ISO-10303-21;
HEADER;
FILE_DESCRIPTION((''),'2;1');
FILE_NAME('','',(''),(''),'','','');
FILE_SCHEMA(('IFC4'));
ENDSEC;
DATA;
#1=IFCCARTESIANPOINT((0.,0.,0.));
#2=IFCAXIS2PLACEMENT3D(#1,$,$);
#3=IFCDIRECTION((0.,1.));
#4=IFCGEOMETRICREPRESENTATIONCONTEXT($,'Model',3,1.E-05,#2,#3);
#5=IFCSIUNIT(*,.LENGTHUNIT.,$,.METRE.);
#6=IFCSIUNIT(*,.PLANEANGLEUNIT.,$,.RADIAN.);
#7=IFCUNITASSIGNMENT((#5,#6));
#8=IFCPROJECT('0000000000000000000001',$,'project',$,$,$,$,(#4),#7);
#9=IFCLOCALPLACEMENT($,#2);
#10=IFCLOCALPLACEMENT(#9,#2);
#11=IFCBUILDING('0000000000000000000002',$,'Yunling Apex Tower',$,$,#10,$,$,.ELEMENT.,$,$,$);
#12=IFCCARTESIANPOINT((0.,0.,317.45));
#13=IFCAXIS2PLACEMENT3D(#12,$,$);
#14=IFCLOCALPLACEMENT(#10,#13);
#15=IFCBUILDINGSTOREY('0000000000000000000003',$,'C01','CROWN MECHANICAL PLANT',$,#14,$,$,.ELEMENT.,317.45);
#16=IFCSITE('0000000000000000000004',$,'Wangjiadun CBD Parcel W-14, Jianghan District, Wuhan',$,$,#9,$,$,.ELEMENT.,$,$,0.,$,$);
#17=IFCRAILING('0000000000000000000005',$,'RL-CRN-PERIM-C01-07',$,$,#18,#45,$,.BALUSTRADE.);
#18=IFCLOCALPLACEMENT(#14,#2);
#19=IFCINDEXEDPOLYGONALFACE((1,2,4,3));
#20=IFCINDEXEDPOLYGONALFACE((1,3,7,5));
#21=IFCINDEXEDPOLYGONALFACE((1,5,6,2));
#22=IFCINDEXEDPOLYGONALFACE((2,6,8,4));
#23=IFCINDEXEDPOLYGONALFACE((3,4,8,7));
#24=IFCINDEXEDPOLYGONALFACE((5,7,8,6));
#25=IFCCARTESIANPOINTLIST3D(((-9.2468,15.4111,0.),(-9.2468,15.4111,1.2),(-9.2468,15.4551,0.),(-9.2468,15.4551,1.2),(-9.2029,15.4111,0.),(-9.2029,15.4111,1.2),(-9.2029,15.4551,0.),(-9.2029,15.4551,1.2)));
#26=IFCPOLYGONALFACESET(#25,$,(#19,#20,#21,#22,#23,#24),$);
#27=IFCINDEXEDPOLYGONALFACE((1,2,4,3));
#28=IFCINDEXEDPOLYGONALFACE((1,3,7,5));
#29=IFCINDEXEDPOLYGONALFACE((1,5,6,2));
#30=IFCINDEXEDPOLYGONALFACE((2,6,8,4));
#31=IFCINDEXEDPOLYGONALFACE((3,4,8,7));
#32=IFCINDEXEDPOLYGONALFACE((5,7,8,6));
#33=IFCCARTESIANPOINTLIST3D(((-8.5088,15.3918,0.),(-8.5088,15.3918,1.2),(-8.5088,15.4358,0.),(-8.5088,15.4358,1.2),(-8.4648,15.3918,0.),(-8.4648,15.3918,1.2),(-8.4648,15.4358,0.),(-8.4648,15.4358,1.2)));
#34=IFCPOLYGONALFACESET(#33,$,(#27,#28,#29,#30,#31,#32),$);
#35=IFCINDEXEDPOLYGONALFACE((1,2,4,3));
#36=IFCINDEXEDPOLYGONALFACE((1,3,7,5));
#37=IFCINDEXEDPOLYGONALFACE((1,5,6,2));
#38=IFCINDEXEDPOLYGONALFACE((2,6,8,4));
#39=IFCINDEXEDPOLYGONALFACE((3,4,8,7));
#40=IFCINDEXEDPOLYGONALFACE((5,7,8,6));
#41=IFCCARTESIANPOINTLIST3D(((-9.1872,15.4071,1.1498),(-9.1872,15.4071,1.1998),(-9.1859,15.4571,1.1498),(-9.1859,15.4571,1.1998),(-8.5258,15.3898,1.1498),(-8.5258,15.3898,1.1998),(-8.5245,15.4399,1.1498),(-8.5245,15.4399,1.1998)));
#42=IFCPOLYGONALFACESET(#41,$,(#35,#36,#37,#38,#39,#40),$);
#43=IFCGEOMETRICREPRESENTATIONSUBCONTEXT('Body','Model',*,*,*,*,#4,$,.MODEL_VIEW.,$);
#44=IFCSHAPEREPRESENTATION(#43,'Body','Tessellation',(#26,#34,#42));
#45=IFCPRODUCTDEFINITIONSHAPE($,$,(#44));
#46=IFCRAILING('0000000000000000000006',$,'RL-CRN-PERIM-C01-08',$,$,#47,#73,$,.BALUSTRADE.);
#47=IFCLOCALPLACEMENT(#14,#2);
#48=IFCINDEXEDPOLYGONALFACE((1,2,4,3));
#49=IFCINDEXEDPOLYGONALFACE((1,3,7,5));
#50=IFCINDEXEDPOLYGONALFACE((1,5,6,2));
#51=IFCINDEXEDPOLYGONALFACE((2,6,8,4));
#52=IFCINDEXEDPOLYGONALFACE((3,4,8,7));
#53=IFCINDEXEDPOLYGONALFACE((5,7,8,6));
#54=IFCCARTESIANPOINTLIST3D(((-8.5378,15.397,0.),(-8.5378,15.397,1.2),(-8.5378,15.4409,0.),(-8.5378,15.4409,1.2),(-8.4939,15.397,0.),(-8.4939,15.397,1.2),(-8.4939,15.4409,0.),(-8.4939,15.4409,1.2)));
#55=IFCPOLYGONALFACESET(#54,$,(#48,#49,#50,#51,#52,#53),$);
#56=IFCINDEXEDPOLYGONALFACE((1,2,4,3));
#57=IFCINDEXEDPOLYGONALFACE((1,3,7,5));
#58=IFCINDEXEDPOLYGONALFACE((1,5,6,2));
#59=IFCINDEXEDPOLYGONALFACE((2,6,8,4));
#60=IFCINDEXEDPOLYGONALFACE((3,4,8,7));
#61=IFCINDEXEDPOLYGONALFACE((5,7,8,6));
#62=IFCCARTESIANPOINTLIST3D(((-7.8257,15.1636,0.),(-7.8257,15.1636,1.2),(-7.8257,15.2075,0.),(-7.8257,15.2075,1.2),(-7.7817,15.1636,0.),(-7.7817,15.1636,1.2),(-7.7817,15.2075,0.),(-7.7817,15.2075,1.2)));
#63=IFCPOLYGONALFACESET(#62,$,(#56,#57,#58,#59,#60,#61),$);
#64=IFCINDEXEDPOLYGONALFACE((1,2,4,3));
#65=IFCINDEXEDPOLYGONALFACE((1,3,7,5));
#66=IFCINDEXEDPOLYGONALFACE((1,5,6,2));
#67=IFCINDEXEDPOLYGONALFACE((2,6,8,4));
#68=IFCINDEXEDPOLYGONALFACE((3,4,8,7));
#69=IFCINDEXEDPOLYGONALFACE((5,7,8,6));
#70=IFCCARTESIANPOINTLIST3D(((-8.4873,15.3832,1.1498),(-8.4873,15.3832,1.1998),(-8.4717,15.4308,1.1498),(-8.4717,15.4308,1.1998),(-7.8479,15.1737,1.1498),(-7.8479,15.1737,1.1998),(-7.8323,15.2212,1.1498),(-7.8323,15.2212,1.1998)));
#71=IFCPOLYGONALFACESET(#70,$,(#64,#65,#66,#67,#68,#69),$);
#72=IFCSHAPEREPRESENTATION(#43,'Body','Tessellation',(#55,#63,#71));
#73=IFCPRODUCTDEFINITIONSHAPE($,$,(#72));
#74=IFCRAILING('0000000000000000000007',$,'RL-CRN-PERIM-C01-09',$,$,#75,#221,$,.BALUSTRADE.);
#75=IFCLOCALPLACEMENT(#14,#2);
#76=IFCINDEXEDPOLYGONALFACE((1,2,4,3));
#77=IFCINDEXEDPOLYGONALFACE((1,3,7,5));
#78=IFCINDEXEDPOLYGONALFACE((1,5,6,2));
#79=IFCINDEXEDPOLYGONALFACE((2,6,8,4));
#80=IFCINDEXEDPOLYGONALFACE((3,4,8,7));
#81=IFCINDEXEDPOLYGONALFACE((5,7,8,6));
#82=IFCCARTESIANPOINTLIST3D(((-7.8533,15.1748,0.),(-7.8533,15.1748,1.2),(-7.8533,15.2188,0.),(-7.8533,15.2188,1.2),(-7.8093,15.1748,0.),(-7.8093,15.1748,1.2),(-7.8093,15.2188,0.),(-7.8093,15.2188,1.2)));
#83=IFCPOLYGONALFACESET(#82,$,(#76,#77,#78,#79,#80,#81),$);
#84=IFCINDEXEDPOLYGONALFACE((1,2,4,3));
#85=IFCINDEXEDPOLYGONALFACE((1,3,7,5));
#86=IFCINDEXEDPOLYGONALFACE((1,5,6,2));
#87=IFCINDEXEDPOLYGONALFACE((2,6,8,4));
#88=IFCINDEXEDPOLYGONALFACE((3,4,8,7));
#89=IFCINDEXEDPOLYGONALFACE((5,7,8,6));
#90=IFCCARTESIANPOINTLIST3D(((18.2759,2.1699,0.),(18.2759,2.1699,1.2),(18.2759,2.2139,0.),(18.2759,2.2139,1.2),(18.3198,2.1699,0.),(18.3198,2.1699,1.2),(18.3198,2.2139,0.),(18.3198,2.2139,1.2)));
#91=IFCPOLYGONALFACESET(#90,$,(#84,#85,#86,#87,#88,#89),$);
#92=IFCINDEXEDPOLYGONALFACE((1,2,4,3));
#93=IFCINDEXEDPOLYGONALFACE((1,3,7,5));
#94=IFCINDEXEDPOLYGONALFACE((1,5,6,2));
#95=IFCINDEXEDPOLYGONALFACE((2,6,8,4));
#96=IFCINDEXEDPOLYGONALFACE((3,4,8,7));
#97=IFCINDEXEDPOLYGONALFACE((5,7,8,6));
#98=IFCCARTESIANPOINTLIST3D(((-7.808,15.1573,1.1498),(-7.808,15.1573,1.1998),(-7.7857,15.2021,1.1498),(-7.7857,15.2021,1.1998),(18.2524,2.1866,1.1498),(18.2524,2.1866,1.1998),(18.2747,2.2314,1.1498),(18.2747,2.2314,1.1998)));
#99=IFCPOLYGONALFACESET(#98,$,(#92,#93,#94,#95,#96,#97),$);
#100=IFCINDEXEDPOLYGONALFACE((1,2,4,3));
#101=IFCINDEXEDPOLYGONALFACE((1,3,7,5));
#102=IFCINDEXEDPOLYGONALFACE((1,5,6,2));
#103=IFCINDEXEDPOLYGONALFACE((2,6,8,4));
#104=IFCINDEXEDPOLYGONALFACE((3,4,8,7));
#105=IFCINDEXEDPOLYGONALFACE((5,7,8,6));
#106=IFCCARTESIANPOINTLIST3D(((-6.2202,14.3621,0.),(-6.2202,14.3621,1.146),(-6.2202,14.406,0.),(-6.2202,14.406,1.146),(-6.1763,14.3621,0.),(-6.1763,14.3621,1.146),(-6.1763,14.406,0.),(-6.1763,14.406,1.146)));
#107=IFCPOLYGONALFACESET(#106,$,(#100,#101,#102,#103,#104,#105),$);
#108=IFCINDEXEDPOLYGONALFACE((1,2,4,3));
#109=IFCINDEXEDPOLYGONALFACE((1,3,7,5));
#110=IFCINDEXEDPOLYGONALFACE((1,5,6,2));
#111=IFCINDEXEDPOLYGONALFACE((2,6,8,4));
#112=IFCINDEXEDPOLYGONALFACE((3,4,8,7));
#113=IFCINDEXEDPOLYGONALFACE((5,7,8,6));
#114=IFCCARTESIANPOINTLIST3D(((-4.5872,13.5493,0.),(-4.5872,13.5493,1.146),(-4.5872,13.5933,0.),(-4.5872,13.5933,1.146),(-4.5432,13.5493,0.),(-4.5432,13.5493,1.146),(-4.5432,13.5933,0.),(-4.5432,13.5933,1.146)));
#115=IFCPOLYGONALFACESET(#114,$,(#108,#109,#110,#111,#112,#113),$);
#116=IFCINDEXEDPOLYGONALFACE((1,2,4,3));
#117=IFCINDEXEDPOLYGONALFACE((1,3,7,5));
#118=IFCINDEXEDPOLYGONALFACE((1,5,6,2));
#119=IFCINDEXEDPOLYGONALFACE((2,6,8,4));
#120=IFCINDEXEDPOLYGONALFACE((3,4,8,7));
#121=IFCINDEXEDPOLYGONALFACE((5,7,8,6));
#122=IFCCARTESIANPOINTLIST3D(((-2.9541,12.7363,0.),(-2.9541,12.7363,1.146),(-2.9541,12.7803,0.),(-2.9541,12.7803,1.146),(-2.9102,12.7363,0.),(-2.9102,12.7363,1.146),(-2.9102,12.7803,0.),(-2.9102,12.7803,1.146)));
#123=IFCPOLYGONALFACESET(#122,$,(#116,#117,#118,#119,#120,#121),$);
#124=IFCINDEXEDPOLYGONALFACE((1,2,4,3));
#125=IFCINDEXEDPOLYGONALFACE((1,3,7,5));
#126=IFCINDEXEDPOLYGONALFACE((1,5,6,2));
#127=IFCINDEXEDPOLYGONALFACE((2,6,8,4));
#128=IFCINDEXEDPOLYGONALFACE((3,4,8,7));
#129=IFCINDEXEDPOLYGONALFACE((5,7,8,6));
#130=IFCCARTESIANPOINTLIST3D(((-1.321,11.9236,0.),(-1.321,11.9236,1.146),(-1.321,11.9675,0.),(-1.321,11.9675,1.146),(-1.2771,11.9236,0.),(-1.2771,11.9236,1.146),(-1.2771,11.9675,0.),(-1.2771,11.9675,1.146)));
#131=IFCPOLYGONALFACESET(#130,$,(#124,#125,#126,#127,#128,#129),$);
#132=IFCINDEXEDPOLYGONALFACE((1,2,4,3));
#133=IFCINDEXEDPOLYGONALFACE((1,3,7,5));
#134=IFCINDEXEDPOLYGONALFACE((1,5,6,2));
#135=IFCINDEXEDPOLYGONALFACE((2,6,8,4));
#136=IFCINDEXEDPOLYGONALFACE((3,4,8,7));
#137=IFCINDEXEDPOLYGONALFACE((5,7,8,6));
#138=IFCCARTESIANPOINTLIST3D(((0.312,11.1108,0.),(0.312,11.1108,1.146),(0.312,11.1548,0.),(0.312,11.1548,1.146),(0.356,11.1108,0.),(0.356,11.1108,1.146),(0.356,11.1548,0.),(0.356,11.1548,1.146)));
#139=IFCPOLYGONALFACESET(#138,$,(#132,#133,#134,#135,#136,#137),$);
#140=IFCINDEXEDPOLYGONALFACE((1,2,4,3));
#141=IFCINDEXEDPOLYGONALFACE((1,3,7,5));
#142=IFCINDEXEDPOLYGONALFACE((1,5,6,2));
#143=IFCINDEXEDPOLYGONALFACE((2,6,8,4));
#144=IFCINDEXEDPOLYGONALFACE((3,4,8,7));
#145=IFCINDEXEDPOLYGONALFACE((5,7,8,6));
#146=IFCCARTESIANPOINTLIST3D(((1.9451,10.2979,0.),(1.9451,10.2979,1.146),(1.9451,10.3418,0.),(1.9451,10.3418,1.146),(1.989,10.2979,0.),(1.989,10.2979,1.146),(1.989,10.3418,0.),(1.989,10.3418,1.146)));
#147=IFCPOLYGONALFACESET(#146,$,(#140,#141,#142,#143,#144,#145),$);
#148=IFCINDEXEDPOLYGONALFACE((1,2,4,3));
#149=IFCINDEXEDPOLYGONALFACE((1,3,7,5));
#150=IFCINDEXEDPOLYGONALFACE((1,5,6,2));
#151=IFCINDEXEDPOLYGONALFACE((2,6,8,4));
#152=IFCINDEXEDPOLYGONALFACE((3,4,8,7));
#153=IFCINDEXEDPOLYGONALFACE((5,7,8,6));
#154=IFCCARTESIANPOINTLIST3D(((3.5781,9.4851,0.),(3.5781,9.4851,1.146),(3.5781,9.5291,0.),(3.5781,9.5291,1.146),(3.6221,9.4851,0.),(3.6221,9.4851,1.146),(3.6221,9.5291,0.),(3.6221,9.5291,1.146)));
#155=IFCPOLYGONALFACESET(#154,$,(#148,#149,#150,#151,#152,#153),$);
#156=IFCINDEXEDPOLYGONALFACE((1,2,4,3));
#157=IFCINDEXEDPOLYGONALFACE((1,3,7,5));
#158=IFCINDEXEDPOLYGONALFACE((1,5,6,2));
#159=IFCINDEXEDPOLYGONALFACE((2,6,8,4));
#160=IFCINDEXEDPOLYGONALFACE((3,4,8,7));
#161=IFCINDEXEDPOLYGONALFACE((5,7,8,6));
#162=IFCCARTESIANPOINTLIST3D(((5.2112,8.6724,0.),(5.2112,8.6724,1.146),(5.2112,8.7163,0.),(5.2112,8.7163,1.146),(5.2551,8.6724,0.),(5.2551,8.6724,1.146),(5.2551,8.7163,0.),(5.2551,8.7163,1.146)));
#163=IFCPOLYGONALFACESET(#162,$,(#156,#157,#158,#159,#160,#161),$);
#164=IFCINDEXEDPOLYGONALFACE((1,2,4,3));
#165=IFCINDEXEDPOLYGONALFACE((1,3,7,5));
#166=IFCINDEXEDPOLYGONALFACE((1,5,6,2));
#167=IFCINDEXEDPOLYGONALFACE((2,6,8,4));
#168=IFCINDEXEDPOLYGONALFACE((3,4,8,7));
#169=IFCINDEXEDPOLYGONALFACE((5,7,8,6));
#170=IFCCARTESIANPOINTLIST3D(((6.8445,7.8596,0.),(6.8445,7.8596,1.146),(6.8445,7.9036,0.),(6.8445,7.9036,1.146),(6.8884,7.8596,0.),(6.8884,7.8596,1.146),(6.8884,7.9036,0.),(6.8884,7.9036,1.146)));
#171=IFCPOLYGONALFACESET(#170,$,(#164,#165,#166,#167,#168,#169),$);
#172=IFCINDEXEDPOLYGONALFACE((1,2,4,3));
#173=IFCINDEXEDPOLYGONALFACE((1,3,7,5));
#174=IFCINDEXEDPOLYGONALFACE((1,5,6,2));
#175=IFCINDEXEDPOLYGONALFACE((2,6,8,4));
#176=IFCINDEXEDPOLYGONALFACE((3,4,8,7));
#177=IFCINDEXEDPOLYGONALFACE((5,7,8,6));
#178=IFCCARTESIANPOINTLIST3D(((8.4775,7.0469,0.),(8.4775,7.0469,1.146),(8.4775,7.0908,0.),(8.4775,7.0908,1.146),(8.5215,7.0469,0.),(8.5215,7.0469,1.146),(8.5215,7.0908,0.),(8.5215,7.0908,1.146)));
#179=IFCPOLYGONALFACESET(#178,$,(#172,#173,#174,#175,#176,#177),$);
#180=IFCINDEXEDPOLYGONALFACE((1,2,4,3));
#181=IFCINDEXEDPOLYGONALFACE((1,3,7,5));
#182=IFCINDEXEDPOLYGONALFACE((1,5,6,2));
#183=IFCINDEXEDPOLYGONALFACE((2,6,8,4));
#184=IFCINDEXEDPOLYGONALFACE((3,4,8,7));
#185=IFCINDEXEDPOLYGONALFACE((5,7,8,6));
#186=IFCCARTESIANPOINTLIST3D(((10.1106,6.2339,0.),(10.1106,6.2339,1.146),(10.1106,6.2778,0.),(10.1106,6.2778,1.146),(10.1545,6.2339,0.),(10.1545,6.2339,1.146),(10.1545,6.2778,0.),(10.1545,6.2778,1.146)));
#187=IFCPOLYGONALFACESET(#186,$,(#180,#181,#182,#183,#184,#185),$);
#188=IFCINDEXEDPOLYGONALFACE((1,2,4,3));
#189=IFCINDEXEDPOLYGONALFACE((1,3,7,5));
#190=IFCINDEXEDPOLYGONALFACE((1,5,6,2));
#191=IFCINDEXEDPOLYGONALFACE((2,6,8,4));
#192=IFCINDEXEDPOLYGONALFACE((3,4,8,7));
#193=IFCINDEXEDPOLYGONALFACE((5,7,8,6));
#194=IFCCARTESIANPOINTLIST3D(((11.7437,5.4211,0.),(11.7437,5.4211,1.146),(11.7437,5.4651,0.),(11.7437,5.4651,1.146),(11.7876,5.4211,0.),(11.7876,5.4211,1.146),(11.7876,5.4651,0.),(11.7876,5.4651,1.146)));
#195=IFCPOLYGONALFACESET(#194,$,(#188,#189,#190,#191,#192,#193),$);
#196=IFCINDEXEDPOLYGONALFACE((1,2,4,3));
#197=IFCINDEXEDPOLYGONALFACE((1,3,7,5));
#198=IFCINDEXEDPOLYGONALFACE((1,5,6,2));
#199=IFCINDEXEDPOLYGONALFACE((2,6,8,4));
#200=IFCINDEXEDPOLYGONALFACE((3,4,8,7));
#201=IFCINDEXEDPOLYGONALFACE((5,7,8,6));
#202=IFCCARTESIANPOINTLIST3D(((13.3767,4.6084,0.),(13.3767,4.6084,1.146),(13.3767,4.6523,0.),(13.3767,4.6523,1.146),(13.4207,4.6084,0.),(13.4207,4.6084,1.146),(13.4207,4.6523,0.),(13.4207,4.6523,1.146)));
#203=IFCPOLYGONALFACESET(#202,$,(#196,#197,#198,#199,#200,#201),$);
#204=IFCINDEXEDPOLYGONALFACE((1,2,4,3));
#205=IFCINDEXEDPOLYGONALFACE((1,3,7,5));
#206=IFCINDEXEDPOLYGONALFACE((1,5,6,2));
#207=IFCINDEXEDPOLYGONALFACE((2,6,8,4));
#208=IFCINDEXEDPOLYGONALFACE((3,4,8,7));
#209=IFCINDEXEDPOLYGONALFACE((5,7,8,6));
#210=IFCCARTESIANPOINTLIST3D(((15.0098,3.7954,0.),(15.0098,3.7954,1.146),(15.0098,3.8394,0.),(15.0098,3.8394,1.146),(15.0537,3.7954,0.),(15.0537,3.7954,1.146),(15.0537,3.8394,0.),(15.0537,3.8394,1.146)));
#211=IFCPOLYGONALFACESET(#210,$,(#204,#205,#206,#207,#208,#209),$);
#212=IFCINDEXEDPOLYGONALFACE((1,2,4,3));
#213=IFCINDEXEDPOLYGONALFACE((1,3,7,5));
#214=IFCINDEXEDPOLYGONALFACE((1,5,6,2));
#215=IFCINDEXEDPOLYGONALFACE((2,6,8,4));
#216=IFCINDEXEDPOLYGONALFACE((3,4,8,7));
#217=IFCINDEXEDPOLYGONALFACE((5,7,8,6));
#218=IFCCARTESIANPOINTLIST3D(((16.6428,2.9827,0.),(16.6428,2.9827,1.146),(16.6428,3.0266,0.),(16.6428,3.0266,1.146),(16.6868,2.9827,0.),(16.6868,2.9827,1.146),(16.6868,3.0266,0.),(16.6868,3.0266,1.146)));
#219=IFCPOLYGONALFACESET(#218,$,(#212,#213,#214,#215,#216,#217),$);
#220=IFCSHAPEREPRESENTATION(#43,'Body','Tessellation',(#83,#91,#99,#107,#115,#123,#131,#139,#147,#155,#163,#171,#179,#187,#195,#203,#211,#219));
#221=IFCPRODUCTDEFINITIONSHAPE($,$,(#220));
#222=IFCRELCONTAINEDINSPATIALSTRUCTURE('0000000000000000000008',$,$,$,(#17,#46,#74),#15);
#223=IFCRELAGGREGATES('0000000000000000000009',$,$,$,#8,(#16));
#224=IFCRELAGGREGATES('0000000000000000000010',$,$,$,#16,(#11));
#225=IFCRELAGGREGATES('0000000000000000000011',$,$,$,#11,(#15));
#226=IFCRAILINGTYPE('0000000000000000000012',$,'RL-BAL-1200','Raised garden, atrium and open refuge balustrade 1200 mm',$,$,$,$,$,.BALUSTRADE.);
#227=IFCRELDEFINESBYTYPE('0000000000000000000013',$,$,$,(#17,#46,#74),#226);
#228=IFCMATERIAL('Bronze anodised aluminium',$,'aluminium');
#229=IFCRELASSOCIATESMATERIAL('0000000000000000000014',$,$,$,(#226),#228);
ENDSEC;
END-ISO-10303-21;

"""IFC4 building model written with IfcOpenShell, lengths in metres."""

from ifc_helpers import new_model, si_unit, direction, frame, origin, origin_2d, place, context, subcontext, project, spatial, rectangle, extrude, material, type_object, element, save


model = new_model("IFC4")

# Units and contexts
model_context = context("Model", 3, precision=1e-05, world=origin(), true_north=direction((0.0, 1.0)))
body_context = subcontext(model_context, "Body", "Model", "MODEL_VIEW")
ifc_project = project(units=[si_unit("LENGTHUNIT", "METRE"), si_unit("PLANEANGLEUNIT", "RADIAN")], contexts=[model_context])

# Site, building, storey
site_placement = place(None, origin())
site = spatial("IfcSite", under=ifc_project, at=site_placement, Name="Wangjiadun CBD Parcel W-14, Jianghan District, Wuhan", CompositionType="ELEMENT", RefElevation=0.0)
building_placement = place(site_placement, origin())
building = spatial("IfcBuilding", under=site, at=building_placement, Name="Yunling Apex Tower", CompositionType="ELEMENT")
storey_placement = place(building_placement, frame((0.0, 0.0, 317.45)))
storey = spatial("IfcBuildingStorey", under=building, at=storey_placement, Name="C01", Description="CROWN MECHANICAL PLANT", CompositionType="ELEMENT", Elevation=317.45)

# Shared definitions
ifc_material_1 = material(Name="Bronze anodised aluminium", Category="aluminium")

# Railings
railing_type = type_object("IfcRailingType", Name="RL-BAL-1200", Description="Raised garden, atrium and open refuge balustrade 1200 mm", PredefinedType="BALUSTRADE", material=ifc_material_1)
railing_1_placement = place(storey_placement, frame((-9.2249, 15.4331, 0.0)))
element("IfcRailing", 1, at=railing_1_placement, inside=storey, type_object=railing_type, Name="RL-CRN-PERIM-C01-07", PredefinedType="BALUSTRADE", context=body_context, shape_type="SweptSolid", body=[
    extrude(rectangle(XDim=0.0439, YDim=0.0439, at=origin_2d()), origin(), (0.0, 0.0, 1.0), 1.2),
    extrude(rectangle(XDim=0.0439, YDim=0.0439, at=origin_2d()), frame((0.738, -0.0193, 0.0)), (0.0, 0.0, 1.0), 1.2),
    extrude(rectangle(XDim=0.05, YDim=0.05, at=origin_2d()), frame((0.0383, -0.001, 1.1748), z_axis=(0.999659, -0.026124, 0.0), x_axis=(0.026124, 0.999659, 0.0)), (0.0, 0.0, 1.0), 0.6616),
])
railing_2_placement = place(storey_placement, frame((-8.5159, 15.4189, 0.0)))
element("IfcRailing", 2, at=railing_2_placement, inside=storey, type_object=railing_type, Name="RL-CRN-PERIM-C01-08", PredefinedType="BALUSTRADE", context=body_context, shape_type="SweptSolid", body=[
    extrude(rectangle(XDim=0.0439, YDim=0.0439, at=origin_2d()), origin(), (0.0, 0.0, 1.0), 1.2),
    extrude(rectangle(XDim=0.0439, YDim=0.0439, at=origin_2d()), frame((0.7122, -0.2334, 0.0)), (0.0, 0.0, 1.0), 1.2),
    extrude(rectangle(XDim=0.05, YDim=0.05, at=origin_2d()), frame((0.0364, -0.012, 1.1748), z_axis=(0.950267, -0.311435, 0.0), x_axis=(0.311435, 0.950267, 0.0)), (0.0, 0.0, 1.0), 0.6729),
])
railing_3_placement = place(storey_placement, frame((-7.8313, 15.1968, 0.0)))
element("IfcRailing", 3, at=railing_3_placement, inside=storey, type_object=railing_type, Name="RL-CRN-PERIM-C01-09", PredefinedType="BALUSTRADE", context=body_context, shape_type="SweptSolid", body=[
    extrude(rectangle(XDim=0.0439, YDim=0.0439, at=origin_2d()), origin(), (0.0, 0.0, 1.0), 1.2),
    extrude(rectangle(XDim=0.0439, YDim=0.0439, at=origin_2d()), frame((26.1292, -13.0049, 0.0)), (0.0, 0.0, 1.0), 1.2),
    extrude(rectangle(XDim=0.05, YDim=0.05, at=origin_2d()), frame((0.0344, -0.0171, 1.1748), z_axis=(0.895244, -0.445577, 0.0), x_axis=(0.445577, 0.895244, 0.0)), (0.0, 0.0, 1.0), 29.1099),
    extrude(rectangle(XDim=0.0439, YDim=0.0439, at=origin_2d()), frame((1.6331, -0.8127, 0.0)), (0.0, 0.0, 1.0), 1.146),
    extrude(rectangle(XDim=0.0439, YDim=0.0439, at=origin_2d()), frame((3.2661, -1.6255, 0.0)), (0.0, 0.0, 1.0), 1.146),
    extrude(rectangle(XDim=0.0439, YDim=0.0439, at=origin_2d()), frame((4.8992, -2.4385, 0.0)), (0.0, 0.0, 1.0), 1.146),
    extrude(rectangle(XDim=0.0439, YDim=0.0439, at=origin_2d()), frame((6.5322, -3.2512, 0.0)), (0.0, 0.0, 1.0), 1.146),
    extrude(rectangle(XDim=0.0439, YDim=0.0439, at=origin_2d()), frame((8.1653, -4.064, 0.0)), (0.0, 0.0, 1.0), 1.146),
    extrude(rectangle(XDim=0.0439, YDim=0.0439, at=origin_2d()), frame((9.7983, -4.877, 0.0)), (0.0, 0.0, 1.0), 1.146),
    extrude(rectangle(XDim=0.0439, YDim=0.0439, at=origin_2d()), frame((11.4314, -5.6897, 0.0)), (0.0, 0.0, 1.0), 1.146),
    extrude(rectangle(XDim=0.0439, YDim=0.0439, at=origin_2d()), frame((13.0645, -6.5024, 0.0)), (0.0, 0.0, 1.0), 1.146),
    extrude(rectangle(XDim=0.0439, YDim=0.0439, at=origin_2d()), frame((14.6978, -7.3152, 0.0)), (0.0, 0.0, 1.0), 1.146),
    extrude(rectangle(XDim=0.0439, YDim=0.0439, at=origin_2d()), frame((16.3308, -8.1279, 0.0)), (0.0, 0.0, 1.0), 1.146),
    extrude(rectangle(XDim=0.0439, YDim=0.0439, at=origin_2d()), frame((17.9639, -8.9409, 0.0)), (0.0, 0.0, 1.0), 1.146),
    extrude(rectangle(XDim=0.0439, YDim=0.0439, at=origin_2d()), frame((19.5969, -9.7537, 0.0)), (0.0, 0.0, 1.0), 1.146),
    extrude(rectangle(XDim=0.0439, YDim=0.0439, at=origin_2d()), frame((21.23, -10.5664, 0.0)), (0.0, 0.0, 1.0), 1.146),
    extrude(rectangle(XDim=0.0439, YDim=0.0439, at=origin_2d()), frame((22.863, -11.3794, 0.0)), (0.0, 0.0, 1.0), 1.146),
    extrude(rectangle(XDim=0.0439, YDim=0.0439, at=origin_2d()), frame((24.4961, -12.1921, 0.0)), (0.0, 0.0, 1.0), 1.146),
])

save(model, "model.ifc")
